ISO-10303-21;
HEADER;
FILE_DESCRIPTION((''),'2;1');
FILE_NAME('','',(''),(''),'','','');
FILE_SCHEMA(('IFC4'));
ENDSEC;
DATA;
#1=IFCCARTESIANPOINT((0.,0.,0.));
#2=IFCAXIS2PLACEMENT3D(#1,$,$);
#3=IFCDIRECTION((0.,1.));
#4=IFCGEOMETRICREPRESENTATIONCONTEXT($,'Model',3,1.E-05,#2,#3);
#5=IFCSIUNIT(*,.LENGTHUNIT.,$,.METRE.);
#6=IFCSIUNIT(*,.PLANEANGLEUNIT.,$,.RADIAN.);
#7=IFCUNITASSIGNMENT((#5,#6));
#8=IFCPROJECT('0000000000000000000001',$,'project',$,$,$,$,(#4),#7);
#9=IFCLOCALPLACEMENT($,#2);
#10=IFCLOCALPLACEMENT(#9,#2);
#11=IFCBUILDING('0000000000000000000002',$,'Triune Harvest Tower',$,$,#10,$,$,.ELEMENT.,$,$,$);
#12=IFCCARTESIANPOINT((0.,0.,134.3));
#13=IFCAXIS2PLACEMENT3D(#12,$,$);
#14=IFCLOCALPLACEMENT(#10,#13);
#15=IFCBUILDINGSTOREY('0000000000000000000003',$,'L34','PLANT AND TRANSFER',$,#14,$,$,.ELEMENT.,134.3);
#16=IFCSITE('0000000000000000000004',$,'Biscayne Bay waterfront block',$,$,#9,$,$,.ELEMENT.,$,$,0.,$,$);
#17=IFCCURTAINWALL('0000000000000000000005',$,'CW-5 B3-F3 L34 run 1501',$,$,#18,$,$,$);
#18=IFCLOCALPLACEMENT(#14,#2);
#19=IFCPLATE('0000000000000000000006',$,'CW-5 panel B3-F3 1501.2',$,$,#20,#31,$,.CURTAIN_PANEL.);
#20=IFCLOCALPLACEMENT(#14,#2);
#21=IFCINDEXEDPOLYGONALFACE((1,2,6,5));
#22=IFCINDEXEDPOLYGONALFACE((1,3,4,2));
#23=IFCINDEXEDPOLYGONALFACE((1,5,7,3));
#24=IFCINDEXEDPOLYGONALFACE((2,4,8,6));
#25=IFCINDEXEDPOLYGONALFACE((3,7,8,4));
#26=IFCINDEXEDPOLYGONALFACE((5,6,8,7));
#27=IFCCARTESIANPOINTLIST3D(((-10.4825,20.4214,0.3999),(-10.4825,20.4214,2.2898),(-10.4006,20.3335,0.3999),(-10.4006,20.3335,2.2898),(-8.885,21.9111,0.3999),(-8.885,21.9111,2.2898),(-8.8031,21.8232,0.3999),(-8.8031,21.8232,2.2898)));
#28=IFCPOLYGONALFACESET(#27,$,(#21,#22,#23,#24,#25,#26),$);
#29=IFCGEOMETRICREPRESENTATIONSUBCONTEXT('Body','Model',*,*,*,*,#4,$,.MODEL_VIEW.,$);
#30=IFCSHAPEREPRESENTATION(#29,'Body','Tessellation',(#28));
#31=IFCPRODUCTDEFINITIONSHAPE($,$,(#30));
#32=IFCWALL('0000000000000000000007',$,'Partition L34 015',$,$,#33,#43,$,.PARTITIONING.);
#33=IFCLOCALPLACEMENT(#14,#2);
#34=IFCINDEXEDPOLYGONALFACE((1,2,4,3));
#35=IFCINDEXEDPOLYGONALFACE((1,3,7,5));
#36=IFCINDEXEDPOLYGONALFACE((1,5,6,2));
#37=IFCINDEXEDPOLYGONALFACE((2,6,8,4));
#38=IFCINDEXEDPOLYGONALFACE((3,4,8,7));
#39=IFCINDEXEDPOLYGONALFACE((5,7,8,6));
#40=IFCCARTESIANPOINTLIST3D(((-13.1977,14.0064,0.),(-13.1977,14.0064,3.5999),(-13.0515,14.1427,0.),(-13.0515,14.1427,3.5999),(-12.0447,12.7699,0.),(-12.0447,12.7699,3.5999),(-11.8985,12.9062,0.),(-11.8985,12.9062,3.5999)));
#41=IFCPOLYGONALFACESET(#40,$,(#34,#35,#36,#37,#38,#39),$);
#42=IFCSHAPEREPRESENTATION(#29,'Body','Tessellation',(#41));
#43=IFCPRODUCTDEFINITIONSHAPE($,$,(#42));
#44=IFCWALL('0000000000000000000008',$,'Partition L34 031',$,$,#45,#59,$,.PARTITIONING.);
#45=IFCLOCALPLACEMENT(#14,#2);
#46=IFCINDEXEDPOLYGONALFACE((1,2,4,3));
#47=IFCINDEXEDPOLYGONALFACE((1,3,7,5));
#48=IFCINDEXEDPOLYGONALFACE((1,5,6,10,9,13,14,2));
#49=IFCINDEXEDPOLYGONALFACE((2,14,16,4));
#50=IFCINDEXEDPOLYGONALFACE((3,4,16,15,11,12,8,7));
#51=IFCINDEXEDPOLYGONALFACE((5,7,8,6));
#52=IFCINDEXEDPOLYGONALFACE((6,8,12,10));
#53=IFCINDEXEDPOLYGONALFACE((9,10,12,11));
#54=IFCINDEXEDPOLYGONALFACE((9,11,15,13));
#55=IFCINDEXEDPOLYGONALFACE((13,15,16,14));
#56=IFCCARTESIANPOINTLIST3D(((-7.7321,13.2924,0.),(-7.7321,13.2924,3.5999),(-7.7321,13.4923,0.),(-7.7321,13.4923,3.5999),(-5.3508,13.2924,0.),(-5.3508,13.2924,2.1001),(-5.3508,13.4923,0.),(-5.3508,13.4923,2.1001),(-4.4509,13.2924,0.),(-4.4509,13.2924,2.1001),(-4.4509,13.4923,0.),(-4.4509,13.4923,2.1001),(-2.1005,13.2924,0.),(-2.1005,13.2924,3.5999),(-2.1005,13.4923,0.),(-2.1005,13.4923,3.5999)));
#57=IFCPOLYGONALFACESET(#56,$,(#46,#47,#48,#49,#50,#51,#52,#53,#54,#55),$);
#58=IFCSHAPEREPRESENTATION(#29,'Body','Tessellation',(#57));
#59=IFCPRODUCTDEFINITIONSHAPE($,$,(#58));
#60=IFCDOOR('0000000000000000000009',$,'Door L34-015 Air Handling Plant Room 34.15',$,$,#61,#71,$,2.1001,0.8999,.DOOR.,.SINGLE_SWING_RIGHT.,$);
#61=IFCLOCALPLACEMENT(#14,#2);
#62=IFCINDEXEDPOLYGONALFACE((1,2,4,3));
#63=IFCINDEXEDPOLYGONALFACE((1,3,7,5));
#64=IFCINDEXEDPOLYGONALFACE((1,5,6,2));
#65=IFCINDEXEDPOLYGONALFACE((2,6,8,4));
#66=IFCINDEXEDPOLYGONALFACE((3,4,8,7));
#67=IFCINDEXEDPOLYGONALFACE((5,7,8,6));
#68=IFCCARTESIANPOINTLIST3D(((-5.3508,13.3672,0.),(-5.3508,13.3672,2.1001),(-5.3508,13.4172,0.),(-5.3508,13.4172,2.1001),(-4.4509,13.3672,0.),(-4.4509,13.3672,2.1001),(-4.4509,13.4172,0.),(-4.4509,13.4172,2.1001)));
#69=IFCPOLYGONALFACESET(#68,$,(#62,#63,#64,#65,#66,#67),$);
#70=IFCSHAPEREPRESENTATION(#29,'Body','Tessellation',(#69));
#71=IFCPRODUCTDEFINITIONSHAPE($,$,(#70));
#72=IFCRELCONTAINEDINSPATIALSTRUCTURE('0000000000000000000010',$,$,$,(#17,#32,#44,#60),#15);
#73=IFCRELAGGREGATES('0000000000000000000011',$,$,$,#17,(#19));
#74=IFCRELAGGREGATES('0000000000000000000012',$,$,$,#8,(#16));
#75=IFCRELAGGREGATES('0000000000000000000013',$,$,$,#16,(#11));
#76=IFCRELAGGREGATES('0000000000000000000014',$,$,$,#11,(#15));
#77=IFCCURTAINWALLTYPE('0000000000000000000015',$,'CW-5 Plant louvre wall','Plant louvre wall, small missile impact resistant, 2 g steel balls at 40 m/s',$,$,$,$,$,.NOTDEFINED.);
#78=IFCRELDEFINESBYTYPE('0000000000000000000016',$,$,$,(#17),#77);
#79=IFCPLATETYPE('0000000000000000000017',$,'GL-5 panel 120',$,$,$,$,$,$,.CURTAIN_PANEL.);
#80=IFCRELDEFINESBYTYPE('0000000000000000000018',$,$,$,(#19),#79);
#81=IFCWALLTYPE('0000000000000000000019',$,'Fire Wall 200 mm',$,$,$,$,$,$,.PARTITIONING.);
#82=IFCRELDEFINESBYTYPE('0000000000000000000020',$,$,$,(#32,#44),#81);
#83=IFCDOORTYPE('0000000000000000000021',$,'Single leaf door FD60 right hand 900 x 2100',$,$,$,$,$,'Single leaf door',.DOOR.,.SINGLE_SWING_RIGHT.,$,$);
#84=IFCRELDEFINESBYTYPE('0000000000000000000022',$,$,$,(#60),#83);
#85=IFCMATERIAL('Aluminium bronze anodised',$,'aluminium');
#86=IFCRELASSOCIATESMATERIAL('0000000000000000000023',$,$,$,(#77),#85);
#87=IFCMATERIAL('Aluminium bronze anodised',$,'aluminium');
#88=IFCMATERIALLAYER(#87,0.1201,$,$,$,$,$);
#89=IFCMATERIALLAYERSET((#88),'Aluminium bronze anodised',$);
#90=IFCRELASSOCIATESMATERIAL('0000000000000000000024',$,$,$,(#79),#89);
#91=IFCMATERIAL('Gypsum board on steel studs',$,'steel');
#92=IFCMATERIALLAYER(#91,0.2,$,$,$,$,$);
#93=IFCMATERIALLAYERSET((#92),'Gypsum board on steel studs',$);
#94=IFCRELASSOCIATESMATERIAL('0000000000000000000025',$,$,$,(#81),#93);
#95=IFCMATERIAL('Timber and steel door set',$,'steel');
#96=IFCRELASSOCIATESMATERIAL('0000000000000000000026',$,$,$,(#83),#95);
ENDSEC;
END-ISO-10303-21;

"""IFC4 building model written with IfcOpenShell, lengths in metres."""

from ifc_helpers import new_model, si_unit, direction, frame, frame_2d, origin, origin_2d, place, context, subcontext, project, spatial, rectangle, extrude, source, transform, mapped, material, layer, layer_set, type_object, element, fill, aggregate, save


model = new_model("IFC4")

# Units and contexts
model_context = context("Model", 3, precision=1e-05, world=origin(), true_north=direction((0.0, 1.0)))
body_context = subcontext(model_context, "Body", "Model", "MODEL_VIEW")
ifc_project = project(units=[si_unit("LENGTHUNIT", "METRE"), si_unit("PLANEANGLEUNIT", "RADIAN")], contexts=[model_context])

# Site, building, storey
site_placement = place(None, origin())
site = spatial("IfcSite", under=ifc_project, at=site_placement, Name="Biscayne Bay waterfront block", CompositionType="ELEMENT", RefElevation=0.0)
building_placement = place(site_placement, origin())
building = spatial("IfcBuilding", under=site, at=building_placement, Name="Triune Harvest Tower", CompositionType="ELEMENT")
storey_placement = place(building_placement, frame((0.0, 0.0, 134.3)))
storey = spatial("IfcBuildingStorey", under=building, at=storey_placement, Name="L34", Description="PLANT AND TRANSFER", CompositionType="ELEMENT", Elevation=134.3)

# Shared definitions
ifc_material_1 = material(Name="Aluminium bronze anodised", Category="aluminium")
curtain_wall_type = type_object("IfcCurtainWallType", Name="CW-5 Plant louvre wall", Description="Plant louvre wall, small missile impact resistant, 2 g steel balls at 40 m/s", PredefinedType="NOTDEFINED", material=ifc_material_1)

# Curtain wall
curtain_wall_1_placement = place(storey_placement, origin())
curtain_wall_1 = element("IfcCurtainWall", 1, at=curtain_wall_1_placement, inside=storey, type_object=curtain_wall_type, Name="CW-5 B3-F3 L34 run 1501")

# Plate
ifc_material_2 = material(Name="Aluminium bronze anodised", Category="aluminium")
ifc_layer_1 = layer(ifc_material_2, 0.1201)
ifc_layer_set_1 = layer_set([ifc_layer_1], Name="Aluminium bronze anodised")
plate_type = type_object("IfcPlateType", Name="GL-5 panel 120", PredefinedType="CURTAIN_PANEL", material=ifc_layer_set_1)
shared_shape_1 = source(origin(), body_context, "Body", "SweptSolid", [
    extrude(rectangle(XDim=2.1843, YDim=0.1201, at=origin_2d()), origin(), (0.0, 0.0, 1.0), 1.8899),
])
plate_1_placement = place(storey_placement, frame((-9.6428, 21.1223, 0.3999), z_axis=(0.0, 0.0, 1.0), x_axis=(-0.731353, -0.682, 0.0)))
plate_1 = element("IfcPlate", 2, at=plate_1_placement, type_object=plate_type, Name="CW-5 panel B3-F3 1501.2", PredefinedType="CURTAIN_PANEL", context=body_context, shape_type="MappedRepresentation", body=[
    mapped(shared_shape_1, transform((0.0, 0.0, 0.0), scale=1.0)),
])
aggregate(curtain_wall_1, [plate_1])

# Wall
ifc_material_3 = material(Name="Gypsum board on steel studs", Category="steel")
ifc_layer_2 = layer(ifc_material_3, 0.2)
ifc_layer_set_2 = layer_set([ifc_layer_2], Name="Gypsum board on steel studs")
wall_type = type_object("IfcWallType", Name="Fire Wall 200 mm", PredefinedType="PARTITIONING", material=ifc_layer_set_2)
wall_1_placement = place(storey_placement, frame((-13.1245, 14.0745, 0.0), z_axis=(0.0, 0.0, 1.0), x_axis=(0.681984, -0.731367, 0.0)))
element("IfcWall", 3, at=wall_1_placement, inside=storey, type_object=wall_type, Name="Partition L34 015", PredefinedType="PARTITIONING", context=body_context, shape_type="SweptSolid", body=[
    extrude(rectangle(XDim=1.6907, YDim=0.2, at=frame_2d((0.8452, 0.0))), origin(), (0.0, 0.0, 1.0), 3.5999),
])

# Wall, opening, door
wall_2_placement = place(storey_placement, frame((-7.7322, 13.3923, 0.0), z_axis=(0.0, 0.0, 1.0), x_axis=(1.0, 0.0, 0.0)))
wall_2 = element("IfcWall", 4, at=wall_2_placement, inside=storey, type_object=wall_type, Name="Partition L34 031", PredefinedType="PARTITIONING", context=body_context, shape_type="SweptSolid", body=[
    extrude(rectangle(XDim=5.6316, YDim=0.2, at=frame_2d((2.8159, 0.0))), origin(), (0.0, 0.0, 1.0), 3.5999),
])
opening_placement = place(wall_2_placement, frame((2.3813, 0.0, 0.0)))
opening = element("IfcOpeningElement", 5, at=opening_placement, cuts=wall_2, PredefinedType="OPENING", context=body_context, shape_type="SweptSolid", body=[
    extrude(rectangle(XDim=0.8999, YDim=2.1001, at=frame_2d((0.45, 1.05))), frame((0.0, 0.1099, 0.0), z_axis=(0.0, -1.0, 0.0), x_axis=(1.0, 0.0, 0.0)), (0.0, 0.0, 1.0), 0.22),
])
ifc_material_4 = material(Name="Timber and steel door set", Category="steel")
door_type = type_object("IfcDoorType", Name="Single leaf door FD60 right hand 900 x 2100", ElementType="Single leaf door", OperationType="SINGLE_SWING_RIGHT", PredefinedType="DOOR", material=ifc_material_4)
door_placement = place(opening_placement, origin())
door = element("IfcDoor", 6, at=door_placement, inside=storey, type_object=door_type, Name="Door L34-015 Air Handling Plant Room 34.15", OperationType="SINGLE_SWING_RIGHT", OverallHeight=2.1001, OverallWidth=0.8999, PredefinedType="DOOR", context=body_context, shape_type="SweptSolid", body=[
    extrude(rectangle(XDim=0.8999, YDim=2.1001, at=frame_2d((0.45, 1.05))), frame((0.0, 0.0249, 0.0), z_axis=(0.0, -1.0, 0.0), x_axis=(1.0, 0.0, 0.0)), (0.0, 0.0, 1.0), 0.05),
])
fill(opening, door)

save(model, "model.ifc")
